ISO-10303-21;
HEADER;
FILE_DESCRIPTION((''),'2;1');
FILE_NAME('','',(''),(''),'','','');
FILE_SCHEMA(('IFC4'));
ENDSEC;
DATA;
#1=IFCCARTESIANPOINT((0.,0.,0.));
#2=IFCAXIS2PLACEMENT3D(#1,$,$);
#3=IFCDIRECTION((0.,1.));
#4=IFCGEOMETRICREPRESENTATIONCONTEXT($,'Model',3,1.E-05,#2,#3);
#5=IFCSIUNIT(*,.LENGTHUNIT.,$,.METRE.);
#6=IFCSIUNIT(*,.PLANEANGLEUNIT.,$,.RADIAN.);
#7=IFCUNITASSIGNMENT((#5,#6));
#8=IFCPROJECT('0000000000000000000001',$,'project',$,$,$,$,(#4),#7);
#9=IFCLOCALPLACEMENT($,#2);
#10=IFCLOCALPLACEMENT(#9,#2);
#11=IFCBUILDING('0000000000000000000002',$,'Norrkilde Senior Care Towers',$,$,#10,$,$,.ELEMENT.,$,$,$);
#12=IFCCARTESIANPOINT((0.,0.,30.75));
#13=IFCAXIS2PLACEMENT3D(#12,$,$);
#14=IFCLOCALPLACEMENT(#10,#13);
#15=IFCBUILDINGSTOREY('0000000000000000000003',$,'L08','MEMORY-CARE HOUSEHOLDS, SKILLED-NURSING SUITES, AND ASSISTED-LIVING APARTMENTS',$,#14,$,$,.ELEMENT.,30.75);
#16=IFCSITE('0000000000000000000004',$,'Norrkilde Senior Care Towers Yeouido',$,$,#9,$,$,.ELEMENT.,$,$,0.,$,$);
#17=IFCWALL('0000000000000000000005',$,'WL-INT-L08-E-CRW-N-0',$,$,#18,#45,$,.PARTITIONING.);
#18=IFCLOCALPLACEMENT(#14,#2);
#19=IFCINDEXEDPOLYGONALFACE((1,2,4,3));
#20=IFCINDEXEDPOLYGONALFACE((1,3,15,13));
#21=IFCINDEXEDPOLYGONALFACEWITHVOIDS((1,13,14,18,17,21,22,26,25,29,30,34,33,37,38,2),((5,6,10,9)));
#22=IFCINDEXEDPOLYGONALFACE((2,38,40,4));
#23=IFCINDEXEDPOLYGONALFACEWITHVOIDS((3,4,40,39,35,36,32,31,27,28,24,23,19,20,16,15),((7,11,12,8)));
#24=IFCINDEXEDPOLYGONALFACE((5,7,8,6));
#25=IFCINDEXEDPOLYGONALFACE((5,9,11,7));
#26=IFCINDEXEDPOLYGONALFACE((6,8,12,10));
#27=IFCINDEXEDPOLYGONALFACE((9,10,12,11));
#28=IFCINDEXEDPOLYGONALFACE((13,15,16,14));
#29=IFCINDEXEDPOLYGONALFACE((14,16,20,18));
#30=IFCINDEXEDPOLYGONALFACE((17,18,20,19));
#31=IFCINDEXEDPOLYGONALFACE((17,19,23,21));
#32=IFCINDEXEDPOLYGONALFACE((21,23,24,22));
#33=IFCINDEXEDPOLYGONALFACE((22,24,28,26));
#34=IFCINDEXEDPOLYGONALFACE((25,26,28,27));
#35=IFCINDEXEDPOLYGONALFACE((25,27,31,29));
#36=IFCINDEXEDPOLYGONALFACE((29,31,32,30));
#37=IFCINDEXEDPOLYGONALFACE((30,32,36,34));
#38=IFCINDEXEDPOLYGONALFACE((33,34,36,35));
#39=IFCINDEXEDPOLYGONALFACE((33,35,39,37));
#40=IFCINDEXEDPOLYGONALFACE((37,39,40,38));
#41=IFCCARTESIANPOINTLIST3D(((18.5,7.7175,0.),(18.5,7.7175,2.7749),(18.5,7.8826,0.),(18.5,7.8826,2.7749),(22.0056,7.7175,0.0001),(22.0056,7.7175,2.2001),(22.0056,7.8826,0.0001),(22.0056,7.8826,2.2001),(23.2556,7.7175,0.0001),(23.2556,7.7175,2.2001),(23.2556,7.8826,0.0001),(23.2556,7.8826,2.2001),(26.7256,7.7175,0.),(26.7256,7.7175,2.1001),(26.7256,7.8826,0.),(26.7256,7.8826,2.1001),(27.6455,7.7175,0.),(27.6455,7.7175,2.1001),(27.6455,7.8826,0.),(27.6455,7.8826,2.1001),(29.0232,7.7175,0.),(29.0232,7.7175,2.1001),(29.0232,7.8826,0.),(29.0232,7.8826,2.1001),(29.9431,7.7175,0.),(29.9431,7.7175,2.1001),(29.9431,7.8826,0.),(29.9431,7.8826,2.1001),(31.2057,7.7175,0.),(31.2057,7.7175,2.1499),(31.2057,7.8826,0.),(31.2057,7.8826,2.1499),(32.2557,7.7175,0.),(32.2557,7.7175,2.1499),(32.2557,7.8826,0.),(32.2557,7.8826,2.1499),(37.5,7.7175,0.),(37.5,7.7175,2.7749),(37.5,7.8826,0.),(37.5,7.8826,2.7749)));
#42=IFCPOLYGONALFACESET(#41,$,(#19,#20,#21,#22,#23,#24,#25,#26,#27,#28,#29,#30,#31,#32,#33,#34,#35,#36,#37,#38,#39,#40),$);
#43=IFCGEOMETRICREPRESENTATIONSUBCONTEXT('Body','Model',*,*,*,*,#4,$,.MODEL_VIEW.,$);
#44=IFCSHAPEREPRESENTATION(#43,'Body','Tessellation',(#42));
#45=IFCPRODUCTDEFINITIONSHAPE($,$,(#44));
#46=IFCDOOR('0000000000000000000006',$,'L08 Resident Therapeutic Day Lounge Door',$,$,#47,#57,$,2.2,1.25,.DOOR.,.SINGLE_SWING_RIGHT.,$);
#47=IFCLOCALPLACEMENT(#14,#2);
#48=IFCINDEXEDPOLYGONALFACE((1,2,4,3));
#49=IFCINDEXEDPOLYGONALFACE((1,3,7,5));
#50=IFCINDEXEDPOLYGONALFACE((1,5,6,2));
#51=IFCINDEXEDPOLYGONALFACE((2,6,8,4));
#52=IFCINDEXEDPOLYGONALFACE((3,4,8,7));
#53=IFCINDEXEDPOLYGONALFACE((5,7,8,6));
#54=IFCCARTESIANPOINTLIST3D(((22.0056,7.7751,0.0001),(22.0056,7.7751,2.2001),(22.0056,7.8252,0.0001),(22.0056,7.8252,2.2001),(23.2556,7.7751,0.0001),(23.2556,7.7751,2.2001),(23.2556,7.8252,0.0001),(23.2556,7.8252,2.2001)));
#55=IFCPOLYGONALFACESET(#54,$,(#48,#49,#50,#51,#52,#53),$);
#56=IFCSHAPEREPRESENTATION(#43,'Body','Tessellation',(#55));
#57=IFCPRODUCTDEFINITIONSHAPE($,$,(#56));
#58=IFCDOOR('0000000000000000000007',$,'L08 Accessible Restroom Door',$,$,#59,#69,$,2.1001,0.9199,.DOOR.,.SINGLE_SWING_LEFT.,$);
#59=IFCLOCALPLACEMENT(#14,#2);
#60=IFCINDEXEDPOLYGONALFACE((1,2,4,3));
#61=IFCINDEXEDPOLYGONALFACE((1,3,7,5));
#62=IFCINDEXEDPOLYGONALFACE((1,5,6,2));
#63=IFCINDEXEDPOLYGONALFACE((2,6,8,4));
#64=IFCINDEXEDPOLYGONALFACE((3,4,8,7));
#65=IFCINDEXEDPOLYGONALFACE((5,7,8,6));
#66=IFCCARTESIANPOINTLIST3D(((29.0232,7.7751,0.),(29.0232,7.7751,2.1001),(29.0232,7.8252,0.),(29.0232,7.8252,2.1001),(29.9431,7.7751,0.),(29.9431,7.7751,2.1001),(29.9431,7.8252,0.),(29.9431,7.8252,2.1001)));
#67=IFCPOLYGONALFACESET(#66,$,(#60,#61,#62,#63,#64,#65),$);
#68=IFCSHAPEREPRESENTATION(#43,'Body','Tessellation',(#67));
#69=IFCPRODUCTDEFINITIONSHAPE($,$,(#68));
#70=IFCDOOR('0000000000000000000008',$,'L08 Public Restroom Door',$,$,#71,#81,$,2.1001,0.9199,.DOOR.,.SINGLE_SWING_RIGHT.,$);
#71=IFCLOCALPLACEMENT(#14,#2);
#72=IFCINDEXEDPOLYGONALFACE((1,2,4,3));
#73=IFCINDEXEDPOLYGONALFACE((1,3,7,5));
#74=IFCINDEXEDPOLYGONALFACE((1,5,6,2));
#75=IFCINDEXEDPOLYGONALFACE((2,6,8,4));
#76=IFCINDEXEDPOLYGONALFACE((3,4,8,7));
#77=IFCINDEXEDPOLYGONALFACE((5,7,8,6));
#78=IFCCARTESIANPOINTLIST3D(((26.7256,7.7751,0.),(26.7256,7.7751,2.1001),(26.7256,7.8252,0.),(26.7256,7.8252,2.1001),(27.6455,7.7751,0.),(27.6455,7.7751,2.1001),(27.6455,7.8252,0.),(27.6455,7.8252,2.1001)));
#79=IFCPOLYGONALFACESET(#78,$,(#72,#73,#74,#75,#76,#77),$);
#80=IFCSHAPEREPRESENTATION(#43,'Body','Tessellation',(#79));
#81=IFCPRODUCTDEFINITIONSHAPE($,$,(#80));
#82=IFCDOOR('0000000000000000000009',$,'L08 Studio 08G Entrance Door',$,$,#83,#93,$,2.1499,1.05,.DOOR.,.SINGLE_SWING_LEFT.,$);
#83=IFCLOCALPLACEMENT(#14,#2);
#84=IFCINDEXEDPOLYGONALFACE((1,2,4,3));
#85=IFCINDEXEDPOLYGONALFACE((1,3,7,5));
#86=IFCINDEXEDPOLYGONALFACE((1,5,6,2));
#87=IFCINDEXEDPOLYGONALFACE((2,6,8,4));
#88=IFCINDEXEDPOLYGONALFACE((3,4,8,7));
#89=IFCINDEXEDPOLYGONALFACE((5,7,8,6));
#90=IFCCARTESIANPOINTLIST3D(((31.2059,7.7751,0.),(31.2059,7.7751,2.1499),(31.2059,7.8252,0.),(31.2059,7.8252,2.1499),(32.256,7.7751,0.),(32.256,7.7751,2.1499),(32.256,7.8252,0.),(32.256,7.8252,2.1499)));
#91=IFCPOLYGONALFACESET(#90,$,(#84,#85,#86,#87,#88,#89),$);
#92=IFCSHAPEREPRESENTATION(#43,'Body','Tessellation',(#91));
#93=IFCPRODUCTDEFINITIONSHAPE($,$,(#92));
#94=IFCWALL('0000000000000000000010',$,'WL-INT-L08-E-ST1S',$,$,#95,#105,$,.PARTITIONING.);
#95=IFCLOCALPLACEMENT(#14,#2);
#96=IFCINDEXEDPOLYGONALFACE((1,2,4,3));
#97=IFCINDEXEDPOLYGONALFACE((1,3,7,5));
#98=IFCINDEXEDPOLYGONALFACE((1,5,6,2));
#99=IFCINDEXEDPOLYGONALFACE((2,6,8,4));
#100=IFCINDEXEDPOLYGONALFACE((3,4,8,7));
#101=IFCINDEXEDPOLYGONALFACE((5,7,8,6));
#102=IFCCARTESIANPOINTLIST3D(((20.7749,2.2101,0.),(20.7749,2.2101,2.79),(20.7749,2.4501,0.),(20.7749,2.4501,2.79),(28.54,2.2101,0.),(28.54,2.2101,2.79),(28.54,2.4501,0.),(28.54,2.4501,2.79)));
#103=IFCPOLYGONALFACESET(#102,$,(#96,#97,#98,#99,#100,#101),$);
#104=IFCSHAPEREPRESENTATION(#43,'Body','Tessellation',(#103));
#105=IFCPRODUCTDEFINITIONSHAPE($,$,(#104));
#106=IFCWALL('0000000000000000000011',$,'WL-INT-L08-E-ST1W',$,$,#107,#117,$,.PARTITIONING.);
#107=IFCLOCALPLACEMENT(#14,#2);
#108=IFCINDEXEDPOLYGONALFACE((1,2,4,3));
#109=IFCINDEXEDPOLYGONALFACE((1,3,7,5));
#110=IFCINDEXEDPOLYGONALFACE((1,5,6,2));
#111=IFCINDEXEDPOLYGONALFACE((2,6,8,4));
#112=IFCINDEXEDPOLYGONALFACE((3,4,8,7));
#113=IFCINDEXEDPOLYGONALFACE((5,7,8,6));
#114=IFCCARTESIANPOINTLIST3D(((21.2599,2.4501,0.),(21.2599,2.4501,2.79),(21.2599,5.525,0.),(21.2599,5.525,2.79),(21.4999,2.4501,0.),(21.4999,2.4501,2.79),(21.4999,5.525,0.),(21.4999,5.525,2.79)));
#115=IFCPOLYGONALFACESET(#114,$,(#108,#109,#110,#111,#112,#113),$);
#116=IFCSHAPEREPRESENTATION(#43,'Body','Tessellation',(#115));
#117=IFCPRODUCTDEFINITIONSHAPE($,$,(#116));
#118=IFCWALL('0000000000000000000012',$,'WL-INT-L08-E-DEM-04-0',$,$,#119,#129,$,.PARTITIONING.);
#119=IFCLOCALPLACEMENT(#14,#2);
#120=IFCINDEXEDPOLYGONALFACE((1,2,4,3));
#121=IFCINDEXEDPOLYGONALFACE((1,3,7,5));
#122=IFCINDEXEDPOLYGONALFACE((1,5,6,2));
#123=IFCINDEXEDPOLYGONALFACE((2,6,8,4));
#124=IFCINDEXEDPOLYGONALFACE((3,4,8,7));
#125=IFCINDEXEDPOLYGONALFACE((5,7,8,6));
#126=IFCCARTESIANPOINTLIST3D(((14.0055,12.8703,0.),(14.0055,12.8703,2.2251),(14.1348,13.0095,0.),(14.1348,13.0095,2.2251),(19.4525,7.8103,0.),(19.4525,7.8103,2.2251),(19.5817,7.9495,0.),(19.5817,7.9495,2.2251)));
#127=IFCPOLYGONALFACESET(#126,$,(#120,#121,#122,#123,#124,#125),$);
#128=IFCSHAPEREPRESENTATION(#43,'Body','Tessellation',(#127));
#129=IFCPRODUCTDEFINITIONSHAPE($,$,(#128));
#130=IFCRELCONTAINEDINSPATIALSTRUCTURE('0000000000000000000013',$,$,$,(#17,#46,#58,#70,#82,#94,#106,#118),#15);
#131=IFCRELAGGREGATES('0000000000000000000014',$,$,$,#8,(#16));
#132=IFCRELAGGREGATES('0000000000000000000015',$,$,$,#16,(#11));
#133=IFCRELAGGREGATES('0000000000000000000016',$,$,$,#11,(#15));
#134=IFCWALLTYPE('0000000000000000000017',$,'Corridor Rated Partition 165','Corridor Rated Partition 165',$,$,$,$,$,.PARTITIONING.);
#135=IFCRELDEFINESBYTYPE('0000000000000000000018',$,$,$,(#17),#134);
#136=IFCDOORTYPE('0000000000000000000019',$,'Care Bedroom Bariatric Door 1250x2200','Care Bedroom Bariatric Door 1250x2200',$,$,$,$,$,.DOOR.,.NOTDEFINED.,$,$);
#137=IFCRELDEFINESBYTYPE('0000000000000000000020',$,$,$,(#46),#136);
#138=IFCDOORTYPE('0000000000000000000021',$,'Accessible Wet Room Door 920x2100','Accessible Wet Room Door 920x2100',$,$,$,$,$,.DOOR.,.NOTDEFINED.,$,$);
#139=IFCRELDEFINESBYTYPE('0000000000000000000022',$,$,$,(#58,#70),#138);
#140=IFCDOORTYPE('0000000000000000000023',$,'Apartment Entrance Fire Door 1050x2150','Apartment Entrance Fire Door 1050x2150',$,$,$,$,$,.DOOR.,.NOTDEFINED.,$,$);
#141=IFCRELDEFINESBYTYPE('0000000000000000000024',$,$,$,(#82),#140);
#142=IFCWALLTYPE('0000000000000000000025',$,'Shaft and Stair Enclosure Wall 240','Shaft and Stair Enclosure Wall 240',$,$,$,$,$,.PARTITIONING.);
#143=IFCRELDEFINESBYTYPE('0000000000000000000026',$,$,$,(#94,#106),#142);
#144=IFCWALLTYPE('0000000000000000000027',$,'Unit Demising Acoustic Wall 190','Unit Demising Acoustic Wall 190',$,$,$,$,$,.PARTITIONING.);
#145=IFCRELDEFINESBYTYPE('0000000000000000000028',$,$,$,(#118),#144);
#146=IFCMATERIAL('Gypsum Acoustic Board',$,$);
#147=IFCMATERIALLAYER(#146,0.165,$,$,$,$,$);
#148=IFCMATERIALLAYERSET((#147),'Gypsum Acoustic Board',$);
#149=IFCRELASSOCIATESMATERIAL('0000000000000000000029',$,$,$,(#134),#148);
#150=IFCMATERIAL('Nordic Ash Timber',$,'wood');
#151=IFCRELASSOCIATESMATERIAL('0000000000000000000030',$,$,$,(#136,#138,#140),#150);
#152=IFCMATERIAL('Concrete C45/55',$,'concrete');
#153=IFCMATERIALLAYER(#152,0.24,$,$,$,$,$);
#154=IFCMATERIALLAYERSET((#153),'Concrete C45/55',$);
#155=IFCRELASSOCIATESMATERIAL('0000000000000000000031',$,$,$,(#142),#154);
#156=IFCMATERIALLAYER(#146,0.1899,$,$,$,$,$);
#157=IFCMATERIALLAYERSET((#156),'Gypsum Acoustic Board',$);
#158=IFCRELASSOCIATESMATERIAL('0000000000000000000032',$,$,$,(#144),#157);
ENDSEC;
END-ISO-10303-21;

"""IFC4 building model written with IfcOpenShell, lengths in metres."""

from ifc_helpers import new_model, si_unit, direction, frame, frame_2d, origin, place, context, subcontext, project, spatial, rectangle, extrude, source, transform, mapped, material, layer, layer_set, type_object, type_shapes, element, fill, save


model = new_model("IFC4")

# Units and contexts
model_context = context("Model", 3, precision=1e-05, world=origin(), true_north=direction((0.0, 1.0)))
body_context = subcontext(model_context, "Body", "Model", "MODEL_VIEW")
ifc_project = project(units=[si_unit("LENGTHUNIT", "METRE"), si_unit("PLANEANGLEUNIT", "RADIAN")], contexts=[model_context])

# Site, building, storey
site_placement = place(None, origin())
site = spatial("IfcSite", under=ifc_project, at=site_placement, Name="Norrkilde Senior Care Towers Yeouido", CompositionType="ELEMENT", RefElevation=0.0)
building_placement = place(site_placement, origin())
building = spatial("IfcBuilding", under=site, at=building_placement, Name="Norrkilde Senior Care Towers", CompositionType="ELEMENT")
storey_placement = place(building_placement, frame((0.0, 0.0, 30.75)))
storey = spatial("IfcBuildingStorey", under=building, at=storey_placement, Name="L08", Description="MEMORY-CARE HOUSEHOLDS, SKILLED-NURSING SUITES, AND ASSISTED-LIVING APARTMENTS", CompositionType="ELEMENT", Elevation=30.75)

# Shared definitions
ifc_material_1 = material(Name="Concrete C45/55", Category="concrete")

# Wall, openings, doors
ifc_material_2 = material(Name="Gypsum Acoustic Board")
ifc_layer_1 = layer(ifc_material_2, 0.165)
ifc_layer_set_1 = layer_set([ifc_layer_1], Name="Gypsum Acoustic Board")
wall_type_1 = type_object("IfcWallType", Name="Corridor Rated Partition 165", Description="Corridor Rated Partition 165", PredefinedType="PARTITIONING", material=ifc_layer_set_1)
shared_shape_1 = source(origin(), body_context, "Body", "SweptSolid", [
    extrude(rectangle(XDim=19.0, YDim=0.165, at=frame_2d((9.5, 0.0))), origin(), (0.0, 0.0, 1.0), 2.7749),
])
type_shapes(wall_type_1, [shared_shape_1])
wall_1_placement = place(storey_placement, frame((18.5, 7.8, 0.0), z_axis=(0.0, 0.0, 1.0), x_axis=(1.0, 0.0, 0.0)))
wall_1 = element("IfcWall", 1, at=wall_1_placement, inside=storey, type_object=wall_type_1, Name="WL-INT-L08-E-CRW-N-0", PredefinedType="PARTITIONING", context=body_context, shape_type="MappedRepresentation", body=[
    mapped(shared_shape_1, transform((0.0, 0.0, 0.0), x_axis=(1.0, 0.0, 0.0), y_axis=(0.0, 1.0, 0.0), z_axis=(0.0, 0.0, 1.0), scale=1.0)),
])
opening_1_placement = place(wall_1_placement, frame((10.5232, 0.0, 0.0)))
opening_1 = element("IfcOpeningElement", 2, at=opening_1_placement, cuts=wall_1, PredefinedType="OPENING", context=body_context, shape_type="SweptSolid", body=[
    extrude(rectangle(XDim=0.9199, YDim=2.1001, at=frame_2d((0.46, 1.05))), frame((0.0, 0.0925, 0.0), z_axis=(0.0, -1.0, 0.0), x_axis=(1.0, 0.0, 0.0)), (0.0, 0.0, 1.0), 0.1851),
])
opening_2_placement = place(wall_1_placement, frame((8.2256, 0.0, 0.0)))
opening_2 = element("IfcOpeningElement", 3, at=opening_2_placement, cuts=wall_1, PredefinedType="OPENING", context=body_context, shape_type="SweptSolid", body=[
    extrude(rectangle(XDim=0.9199, YDim=2.1001, at=frame_2d((0.46, 1.05))), frame((0.0, 0.0925, 0.0), z_axis=(0.0, -1.0, 0.0), x_axis=(1.0, 0.0, 0.0)), (0.0, 0.0, 1.0), 0.1851),
])
opening_3_placement = place(wall_1_placement, frame((3.5056, 0.0, 0.0)))
opening_3 = element("IfcOpeningElement", 4, at=opening_3_placement, cuts=wall_1, PredefinedType="OPENING", context=body_context, shape_type="SweptSolid", body=[
    extrude(rectangle(XDim=1.25, YDim=2.2, at=frame_2d((0.625, 1.1001))), frame((0.0, 0.0925, 0.0), z_axis=(0.0, -1.0, 0.0), x_axis=(1.0, 0.0, 0.0)), (0.0, 0.0, 1.0), 0.1851),
])
opening_4_placement = place(wall_1_placement, frame((12.7058, 0.0, 0.0)))
opening_4 = element("IfcOpeningElement", 5, at=opening_4_placement, cuts=wall_1, PredefinedType="OPENING", context=body_context, shape_type="SweptSolid", body=[
    extrude(rectangle(XDim=1.05, YDim=2.1499, at=frame_2d((0.5249, 1.075))), frame((0.0, 0.0925, 0.0), z_axis=(0.0, -1.0, 0.0), x_axis=(1.0, 0.0, 0.0)), (0.0, 0.0, 1.0), 0.1851),
])
ifc_material_3 = material(Name="Nordic Ash Timber", Category="wood")
door_type_1 = type_object("IfcDoorType", Name="Care Bedroom Bariatric Door 1250x2200", Description="Care Bedroom Bariatric Door 1250x2200", OperationType="NOTDEFINED", PredefinedType="DOOR", material=ifc_material_3)
shared_shape_2 = source(origin(), body_context, "Body", "SweptSolid", [
    extrude(rectangle(XDim=1.25, YDim=2.2, at=frame_2d((0.625, 1.1001))), frame((0.0, 0.0249, 0.0), z_axis=(0.0, -1.0, 0.0), x_axis=(1.0, 0.0, 0.0)), (0.0, 0.0, 1.0), 0.05),
])
type_shapes(door_type_1, [shared_shape_2])
door_1_placement = place(opening_3_placement, frame((1.25, 0.0, 0.0), z_axis=(0.0, 0.0, 1.0), x_axis=(-1.0, 0.0, 0.0)))
door_1 = element("IfcDoor", 6, at=door_1_placement, inside=storey, type_object=door_type_1, Name="L08 Resident Therapeutic Day Lounge Door", OperationType="SINGLE_SWING_RIGHT", OverallHeight=2.2, OverallWidth=1.25, PredefinedType="DOOR", context=body_context, shape_type="MappedRepresentation", body=[
    mapped(shared_shape_2, transform((0.0, 0.0, 0.0), x_axis=(1.0, 0.0, 0.0), y_axis=(0.0, 1.0, 0.0), z_axis=(0.0, 0.0, 1.0), scale=1.0)),
])
fill(opening_3, door_1)
door_type_2 = type_object("IfcDoorType", Name="Accessible Wet Room Door 920x2100", Description="Accessible Wet Room Door 920x2100", OperationType="NOTDEFINED", PredefinedType="DOOR", material=ifc_material_3)
shared_shape_3 = source(origin(), body_context, "Body", "SweptSolid", [
    extrude(rectangle(XDim=0.9199, YDim=2.1001, at=frame_2d((0.46, 1.05))), frame((0.0, 0.0249, 0.0), z_axis=(0.0, -1.0, 0.0), x_axis=(1.0, 0.0, 0.0)), (0.0, 0.0, 1.0), 0.05),
])
type_shapes(door_type_2, [shared_shape_3])
door_2_placement = place(opening_1_placement, frame((0.9199, 0.0, 0.0), z_axis=(0.0, 0.0, 1.0), x_axis=(-1.0, 0.0, 0.0)))
door_2 = element("IfcDoor", 7, at=door_2_placement, inside=storey, type_object=door_type_2, Name="L08 Accessible Restroom Door", OperationType="SINGLE_SWING_LEFT", OverallHeight=2.1001, OverallWidth=0.9199, PredefinedType="DOOR", context=body_context, shape_type="MappedRepresentation", body=[
    mapped(shared_shape_3, transform((0.0, 0.0, 0.0), x_axis=(1.0, 0.0, 0.0), y_axis=(0.0, 1.0, 0.0), z_axis=(0.0, 0.0, 1.0), scale=1.0)),
])
fill(opening_1, door_2)
door_3_placement = place(opening_2_placement, frame((0.9199, 0.0, 0.0), z_axis=(0.0, 0.0, 1.0), x_axis=(-1.0, 0.0, 0.0)))
door_3 = element("IfcDoor", 8, at=door_3_placement, inside=storey, type_object=door_type_2, Name="L08 Public Restroom Door", OperationType="SINGLE_SWING_RIGHT", OverallHeight=2.1001, OverallWidth=0.9199, PredefinedType="DOOR", context=body_context, shape_type="MappedRepresentation", body=[
    mapped(shared_shape_3, transform((0.0, 0.0, 0.0), x_axis=(1.0, 0.0, 0.0), y_axis=(0.0, 1.0, 0.0), z_axis=(0.0, 0.0, 1.0), scale=1.0)),
])
fill(opening_2, door_3)
door_type_3 = type_object("IfcDoorType", Name="Apartment Entrance Fire Door 1050x2150", Description="Apartment Entrance Fire Door 1050x2150", OperationType="NOTDEFINED", PredefinedType="DOOR", material=ifc_material_3)
shared_shape_4 = source(origin(), body_context, "Body", "SweptSolid", [
    extrude(rectangle(XDim=1.05, YDim=2.1499, at=frame_2d((0.5249, 1.075))), frame((0.0, 0.0249, 0.0), z_axis=(0.0, -1.0, 0.0), x_axis=(1.0, 0.0, 0.0)), (0.0, 0.0, 1.0), 0.05),
])
type_shapes(door_type_3, [shared_shape_4])
door_4_placement = place(opening_4_placement, frame((1.05, 0.0, 0.0), z_axis=(0.0, 0.0, 1.0), x_axis=(-1.0, 0.0, 0.0)))
door_4 = element("IfcDoor", 9, at=door_4_placement, inside=storey, type_object=door_type_3, Name="L08 Studio 08G Entrance Door", OperationType="SINGLE_SWING_LEFT", OverallHeight=2.1499, OverallWidth=1.05, PredefinedType="DOOR", context=body_context, shape_type="MappedRepresentation", body=[
    mapped(shared_shape_4, transform((0.0, 0.0, 0.0), x_axis=(1.0, 0.0, 0.0), y_axis=(0.0, 1.0, 0.0), z_axis=(0.0, 0.0, 1.0), scale=1.0)),
])
fill(opening_4, door_4)

# Walls
ifc_layer_2 = layer(ifc_material_1, 0.24)
ifc_layer_set_2 = layer_set([ifc_layer_2], Name="Concrete C45/55")
wall_type_2 = type_object("IfcWallType", Name="Shaft and Stair Enclosure Wall 240", Description="Shaft and Stair Enclosure Wall 240", PredefinedType="PARTITIONING", material=ifc_layer_set_2)
shared_shape_5 = source(origin(), body_context, "Body", "SweptSolid", [
    extrude(rectangle(XDim=7.7651, YDim=0.24, at=frame_2d((3.8826, 0.0))), origin(), (0.0, 0.0, 1.0), 2.79),
])
wall_2_placement = place(storey_placement, frame((20.7749, 2.3301, 0.0), z_axis=(0.0, 0.0, 1.0), x_axis=(1.0, 0.0, 0.0)))
element("IfcWall", 10, at=wall_2_placement, inside=storey, type_object=wall_type_2, Name="WL-INT-L08-E-ST1S", PredefinedType="PARTITIONING", context=body_context, shape_type="MappedRepresentation", body=[
    mapped(shared_shape_5, transform((0.0, 0.0, 0.0), x_axis=(1.0, 0.0, 0.0), y_axis=(0.0, 1.0, 0.0), z_axis=(0.0, 0.0, 1.0), scale=1.0)),
])
shared_shape_6 = source(origin(), body_context, "Body", "SweptSolid", [
    extrude(rectangle(XDim=3.075, YDim=0.24, at=frame_2d((1.5376, 0.0))), origin(), (0.0, 0.0, 1.0), 2.79),
])
type_shapes(wall_type_2, [shared_shape_5, shared_shape_6])
wall_3_placement = place(storey_placement, frame((21.3799, 2.45, 0.0), z_axis=(0.0, 0.0, 1.0), x_axis=(0.0, 1.0, 0.0)))
element("IfcWall", 11, at=wall_3_placement, inside=storey, type_object=wall_type_2, Name="WL-INT-L08-E-ST1W", PredefinedType="PARTITIONING", context=body_context, shape_type="MappedRepresentation", body=[
    mapped(shared_shape_6, transform((0.0, 0.0, 0.0), x_axis=(1.0, 0.0, 0.0), y_axis=(0.0, 1.0, 0.0), z_axis=(0.0, 0.0, 1.0), scale=1.0)),
])
ifc_layer_3 = layer(ifc_material_2, 0.1899)
ifc_layer_set_3 = layer_set([ifc_layer_3], Name="Gypsum Acoustic Board")
wall_type_3 = type_object("IfcWallType", Name="Unit Demising Acoustic Wall 190", Description="Unit Demising Acoustic Wall 190", PredefinedType="PARTITIONING", material=ifc_layer_set_3)
shared_shape_7 = source(origin(), body_context, "Body", "SweptSolid", [
    extrude(rectangle(XDim=7.4346, YDim=0.1899, at=frame_2d((3.7173, 0.0))), origin(), (0.0, 0.0, 1.0), 2.2251),
])
type_shapes(wall_type_3, [shared_shape_7])
wall_4_placement = place(storey_placement, frame((19.5171, 7.8799, 0.0), z_axis=(0.0, 0.0, 1.0), x_axis=(-0.732652, 0.680603, 0.0)))
element("IfcWall", 12, at=wall_4_placement, inside=storey, type_object=wall_type_3, Name="WL-INT-L08-E-DEM-04-0", PredefinedType="PARTITIONING", context=body_context, shape_type="MappedRepresentation", body=[
    mapped(shared_shape_7, transform((0.0, 0.0, 0.0), x_axis=(1.0, 0.0, 0.0), y_axis=(0.0, 1.0, 0.0), z_axis=(0.0, 0.0, 1.0), scale=1.0)),
])

save(model, "model.ifc")
